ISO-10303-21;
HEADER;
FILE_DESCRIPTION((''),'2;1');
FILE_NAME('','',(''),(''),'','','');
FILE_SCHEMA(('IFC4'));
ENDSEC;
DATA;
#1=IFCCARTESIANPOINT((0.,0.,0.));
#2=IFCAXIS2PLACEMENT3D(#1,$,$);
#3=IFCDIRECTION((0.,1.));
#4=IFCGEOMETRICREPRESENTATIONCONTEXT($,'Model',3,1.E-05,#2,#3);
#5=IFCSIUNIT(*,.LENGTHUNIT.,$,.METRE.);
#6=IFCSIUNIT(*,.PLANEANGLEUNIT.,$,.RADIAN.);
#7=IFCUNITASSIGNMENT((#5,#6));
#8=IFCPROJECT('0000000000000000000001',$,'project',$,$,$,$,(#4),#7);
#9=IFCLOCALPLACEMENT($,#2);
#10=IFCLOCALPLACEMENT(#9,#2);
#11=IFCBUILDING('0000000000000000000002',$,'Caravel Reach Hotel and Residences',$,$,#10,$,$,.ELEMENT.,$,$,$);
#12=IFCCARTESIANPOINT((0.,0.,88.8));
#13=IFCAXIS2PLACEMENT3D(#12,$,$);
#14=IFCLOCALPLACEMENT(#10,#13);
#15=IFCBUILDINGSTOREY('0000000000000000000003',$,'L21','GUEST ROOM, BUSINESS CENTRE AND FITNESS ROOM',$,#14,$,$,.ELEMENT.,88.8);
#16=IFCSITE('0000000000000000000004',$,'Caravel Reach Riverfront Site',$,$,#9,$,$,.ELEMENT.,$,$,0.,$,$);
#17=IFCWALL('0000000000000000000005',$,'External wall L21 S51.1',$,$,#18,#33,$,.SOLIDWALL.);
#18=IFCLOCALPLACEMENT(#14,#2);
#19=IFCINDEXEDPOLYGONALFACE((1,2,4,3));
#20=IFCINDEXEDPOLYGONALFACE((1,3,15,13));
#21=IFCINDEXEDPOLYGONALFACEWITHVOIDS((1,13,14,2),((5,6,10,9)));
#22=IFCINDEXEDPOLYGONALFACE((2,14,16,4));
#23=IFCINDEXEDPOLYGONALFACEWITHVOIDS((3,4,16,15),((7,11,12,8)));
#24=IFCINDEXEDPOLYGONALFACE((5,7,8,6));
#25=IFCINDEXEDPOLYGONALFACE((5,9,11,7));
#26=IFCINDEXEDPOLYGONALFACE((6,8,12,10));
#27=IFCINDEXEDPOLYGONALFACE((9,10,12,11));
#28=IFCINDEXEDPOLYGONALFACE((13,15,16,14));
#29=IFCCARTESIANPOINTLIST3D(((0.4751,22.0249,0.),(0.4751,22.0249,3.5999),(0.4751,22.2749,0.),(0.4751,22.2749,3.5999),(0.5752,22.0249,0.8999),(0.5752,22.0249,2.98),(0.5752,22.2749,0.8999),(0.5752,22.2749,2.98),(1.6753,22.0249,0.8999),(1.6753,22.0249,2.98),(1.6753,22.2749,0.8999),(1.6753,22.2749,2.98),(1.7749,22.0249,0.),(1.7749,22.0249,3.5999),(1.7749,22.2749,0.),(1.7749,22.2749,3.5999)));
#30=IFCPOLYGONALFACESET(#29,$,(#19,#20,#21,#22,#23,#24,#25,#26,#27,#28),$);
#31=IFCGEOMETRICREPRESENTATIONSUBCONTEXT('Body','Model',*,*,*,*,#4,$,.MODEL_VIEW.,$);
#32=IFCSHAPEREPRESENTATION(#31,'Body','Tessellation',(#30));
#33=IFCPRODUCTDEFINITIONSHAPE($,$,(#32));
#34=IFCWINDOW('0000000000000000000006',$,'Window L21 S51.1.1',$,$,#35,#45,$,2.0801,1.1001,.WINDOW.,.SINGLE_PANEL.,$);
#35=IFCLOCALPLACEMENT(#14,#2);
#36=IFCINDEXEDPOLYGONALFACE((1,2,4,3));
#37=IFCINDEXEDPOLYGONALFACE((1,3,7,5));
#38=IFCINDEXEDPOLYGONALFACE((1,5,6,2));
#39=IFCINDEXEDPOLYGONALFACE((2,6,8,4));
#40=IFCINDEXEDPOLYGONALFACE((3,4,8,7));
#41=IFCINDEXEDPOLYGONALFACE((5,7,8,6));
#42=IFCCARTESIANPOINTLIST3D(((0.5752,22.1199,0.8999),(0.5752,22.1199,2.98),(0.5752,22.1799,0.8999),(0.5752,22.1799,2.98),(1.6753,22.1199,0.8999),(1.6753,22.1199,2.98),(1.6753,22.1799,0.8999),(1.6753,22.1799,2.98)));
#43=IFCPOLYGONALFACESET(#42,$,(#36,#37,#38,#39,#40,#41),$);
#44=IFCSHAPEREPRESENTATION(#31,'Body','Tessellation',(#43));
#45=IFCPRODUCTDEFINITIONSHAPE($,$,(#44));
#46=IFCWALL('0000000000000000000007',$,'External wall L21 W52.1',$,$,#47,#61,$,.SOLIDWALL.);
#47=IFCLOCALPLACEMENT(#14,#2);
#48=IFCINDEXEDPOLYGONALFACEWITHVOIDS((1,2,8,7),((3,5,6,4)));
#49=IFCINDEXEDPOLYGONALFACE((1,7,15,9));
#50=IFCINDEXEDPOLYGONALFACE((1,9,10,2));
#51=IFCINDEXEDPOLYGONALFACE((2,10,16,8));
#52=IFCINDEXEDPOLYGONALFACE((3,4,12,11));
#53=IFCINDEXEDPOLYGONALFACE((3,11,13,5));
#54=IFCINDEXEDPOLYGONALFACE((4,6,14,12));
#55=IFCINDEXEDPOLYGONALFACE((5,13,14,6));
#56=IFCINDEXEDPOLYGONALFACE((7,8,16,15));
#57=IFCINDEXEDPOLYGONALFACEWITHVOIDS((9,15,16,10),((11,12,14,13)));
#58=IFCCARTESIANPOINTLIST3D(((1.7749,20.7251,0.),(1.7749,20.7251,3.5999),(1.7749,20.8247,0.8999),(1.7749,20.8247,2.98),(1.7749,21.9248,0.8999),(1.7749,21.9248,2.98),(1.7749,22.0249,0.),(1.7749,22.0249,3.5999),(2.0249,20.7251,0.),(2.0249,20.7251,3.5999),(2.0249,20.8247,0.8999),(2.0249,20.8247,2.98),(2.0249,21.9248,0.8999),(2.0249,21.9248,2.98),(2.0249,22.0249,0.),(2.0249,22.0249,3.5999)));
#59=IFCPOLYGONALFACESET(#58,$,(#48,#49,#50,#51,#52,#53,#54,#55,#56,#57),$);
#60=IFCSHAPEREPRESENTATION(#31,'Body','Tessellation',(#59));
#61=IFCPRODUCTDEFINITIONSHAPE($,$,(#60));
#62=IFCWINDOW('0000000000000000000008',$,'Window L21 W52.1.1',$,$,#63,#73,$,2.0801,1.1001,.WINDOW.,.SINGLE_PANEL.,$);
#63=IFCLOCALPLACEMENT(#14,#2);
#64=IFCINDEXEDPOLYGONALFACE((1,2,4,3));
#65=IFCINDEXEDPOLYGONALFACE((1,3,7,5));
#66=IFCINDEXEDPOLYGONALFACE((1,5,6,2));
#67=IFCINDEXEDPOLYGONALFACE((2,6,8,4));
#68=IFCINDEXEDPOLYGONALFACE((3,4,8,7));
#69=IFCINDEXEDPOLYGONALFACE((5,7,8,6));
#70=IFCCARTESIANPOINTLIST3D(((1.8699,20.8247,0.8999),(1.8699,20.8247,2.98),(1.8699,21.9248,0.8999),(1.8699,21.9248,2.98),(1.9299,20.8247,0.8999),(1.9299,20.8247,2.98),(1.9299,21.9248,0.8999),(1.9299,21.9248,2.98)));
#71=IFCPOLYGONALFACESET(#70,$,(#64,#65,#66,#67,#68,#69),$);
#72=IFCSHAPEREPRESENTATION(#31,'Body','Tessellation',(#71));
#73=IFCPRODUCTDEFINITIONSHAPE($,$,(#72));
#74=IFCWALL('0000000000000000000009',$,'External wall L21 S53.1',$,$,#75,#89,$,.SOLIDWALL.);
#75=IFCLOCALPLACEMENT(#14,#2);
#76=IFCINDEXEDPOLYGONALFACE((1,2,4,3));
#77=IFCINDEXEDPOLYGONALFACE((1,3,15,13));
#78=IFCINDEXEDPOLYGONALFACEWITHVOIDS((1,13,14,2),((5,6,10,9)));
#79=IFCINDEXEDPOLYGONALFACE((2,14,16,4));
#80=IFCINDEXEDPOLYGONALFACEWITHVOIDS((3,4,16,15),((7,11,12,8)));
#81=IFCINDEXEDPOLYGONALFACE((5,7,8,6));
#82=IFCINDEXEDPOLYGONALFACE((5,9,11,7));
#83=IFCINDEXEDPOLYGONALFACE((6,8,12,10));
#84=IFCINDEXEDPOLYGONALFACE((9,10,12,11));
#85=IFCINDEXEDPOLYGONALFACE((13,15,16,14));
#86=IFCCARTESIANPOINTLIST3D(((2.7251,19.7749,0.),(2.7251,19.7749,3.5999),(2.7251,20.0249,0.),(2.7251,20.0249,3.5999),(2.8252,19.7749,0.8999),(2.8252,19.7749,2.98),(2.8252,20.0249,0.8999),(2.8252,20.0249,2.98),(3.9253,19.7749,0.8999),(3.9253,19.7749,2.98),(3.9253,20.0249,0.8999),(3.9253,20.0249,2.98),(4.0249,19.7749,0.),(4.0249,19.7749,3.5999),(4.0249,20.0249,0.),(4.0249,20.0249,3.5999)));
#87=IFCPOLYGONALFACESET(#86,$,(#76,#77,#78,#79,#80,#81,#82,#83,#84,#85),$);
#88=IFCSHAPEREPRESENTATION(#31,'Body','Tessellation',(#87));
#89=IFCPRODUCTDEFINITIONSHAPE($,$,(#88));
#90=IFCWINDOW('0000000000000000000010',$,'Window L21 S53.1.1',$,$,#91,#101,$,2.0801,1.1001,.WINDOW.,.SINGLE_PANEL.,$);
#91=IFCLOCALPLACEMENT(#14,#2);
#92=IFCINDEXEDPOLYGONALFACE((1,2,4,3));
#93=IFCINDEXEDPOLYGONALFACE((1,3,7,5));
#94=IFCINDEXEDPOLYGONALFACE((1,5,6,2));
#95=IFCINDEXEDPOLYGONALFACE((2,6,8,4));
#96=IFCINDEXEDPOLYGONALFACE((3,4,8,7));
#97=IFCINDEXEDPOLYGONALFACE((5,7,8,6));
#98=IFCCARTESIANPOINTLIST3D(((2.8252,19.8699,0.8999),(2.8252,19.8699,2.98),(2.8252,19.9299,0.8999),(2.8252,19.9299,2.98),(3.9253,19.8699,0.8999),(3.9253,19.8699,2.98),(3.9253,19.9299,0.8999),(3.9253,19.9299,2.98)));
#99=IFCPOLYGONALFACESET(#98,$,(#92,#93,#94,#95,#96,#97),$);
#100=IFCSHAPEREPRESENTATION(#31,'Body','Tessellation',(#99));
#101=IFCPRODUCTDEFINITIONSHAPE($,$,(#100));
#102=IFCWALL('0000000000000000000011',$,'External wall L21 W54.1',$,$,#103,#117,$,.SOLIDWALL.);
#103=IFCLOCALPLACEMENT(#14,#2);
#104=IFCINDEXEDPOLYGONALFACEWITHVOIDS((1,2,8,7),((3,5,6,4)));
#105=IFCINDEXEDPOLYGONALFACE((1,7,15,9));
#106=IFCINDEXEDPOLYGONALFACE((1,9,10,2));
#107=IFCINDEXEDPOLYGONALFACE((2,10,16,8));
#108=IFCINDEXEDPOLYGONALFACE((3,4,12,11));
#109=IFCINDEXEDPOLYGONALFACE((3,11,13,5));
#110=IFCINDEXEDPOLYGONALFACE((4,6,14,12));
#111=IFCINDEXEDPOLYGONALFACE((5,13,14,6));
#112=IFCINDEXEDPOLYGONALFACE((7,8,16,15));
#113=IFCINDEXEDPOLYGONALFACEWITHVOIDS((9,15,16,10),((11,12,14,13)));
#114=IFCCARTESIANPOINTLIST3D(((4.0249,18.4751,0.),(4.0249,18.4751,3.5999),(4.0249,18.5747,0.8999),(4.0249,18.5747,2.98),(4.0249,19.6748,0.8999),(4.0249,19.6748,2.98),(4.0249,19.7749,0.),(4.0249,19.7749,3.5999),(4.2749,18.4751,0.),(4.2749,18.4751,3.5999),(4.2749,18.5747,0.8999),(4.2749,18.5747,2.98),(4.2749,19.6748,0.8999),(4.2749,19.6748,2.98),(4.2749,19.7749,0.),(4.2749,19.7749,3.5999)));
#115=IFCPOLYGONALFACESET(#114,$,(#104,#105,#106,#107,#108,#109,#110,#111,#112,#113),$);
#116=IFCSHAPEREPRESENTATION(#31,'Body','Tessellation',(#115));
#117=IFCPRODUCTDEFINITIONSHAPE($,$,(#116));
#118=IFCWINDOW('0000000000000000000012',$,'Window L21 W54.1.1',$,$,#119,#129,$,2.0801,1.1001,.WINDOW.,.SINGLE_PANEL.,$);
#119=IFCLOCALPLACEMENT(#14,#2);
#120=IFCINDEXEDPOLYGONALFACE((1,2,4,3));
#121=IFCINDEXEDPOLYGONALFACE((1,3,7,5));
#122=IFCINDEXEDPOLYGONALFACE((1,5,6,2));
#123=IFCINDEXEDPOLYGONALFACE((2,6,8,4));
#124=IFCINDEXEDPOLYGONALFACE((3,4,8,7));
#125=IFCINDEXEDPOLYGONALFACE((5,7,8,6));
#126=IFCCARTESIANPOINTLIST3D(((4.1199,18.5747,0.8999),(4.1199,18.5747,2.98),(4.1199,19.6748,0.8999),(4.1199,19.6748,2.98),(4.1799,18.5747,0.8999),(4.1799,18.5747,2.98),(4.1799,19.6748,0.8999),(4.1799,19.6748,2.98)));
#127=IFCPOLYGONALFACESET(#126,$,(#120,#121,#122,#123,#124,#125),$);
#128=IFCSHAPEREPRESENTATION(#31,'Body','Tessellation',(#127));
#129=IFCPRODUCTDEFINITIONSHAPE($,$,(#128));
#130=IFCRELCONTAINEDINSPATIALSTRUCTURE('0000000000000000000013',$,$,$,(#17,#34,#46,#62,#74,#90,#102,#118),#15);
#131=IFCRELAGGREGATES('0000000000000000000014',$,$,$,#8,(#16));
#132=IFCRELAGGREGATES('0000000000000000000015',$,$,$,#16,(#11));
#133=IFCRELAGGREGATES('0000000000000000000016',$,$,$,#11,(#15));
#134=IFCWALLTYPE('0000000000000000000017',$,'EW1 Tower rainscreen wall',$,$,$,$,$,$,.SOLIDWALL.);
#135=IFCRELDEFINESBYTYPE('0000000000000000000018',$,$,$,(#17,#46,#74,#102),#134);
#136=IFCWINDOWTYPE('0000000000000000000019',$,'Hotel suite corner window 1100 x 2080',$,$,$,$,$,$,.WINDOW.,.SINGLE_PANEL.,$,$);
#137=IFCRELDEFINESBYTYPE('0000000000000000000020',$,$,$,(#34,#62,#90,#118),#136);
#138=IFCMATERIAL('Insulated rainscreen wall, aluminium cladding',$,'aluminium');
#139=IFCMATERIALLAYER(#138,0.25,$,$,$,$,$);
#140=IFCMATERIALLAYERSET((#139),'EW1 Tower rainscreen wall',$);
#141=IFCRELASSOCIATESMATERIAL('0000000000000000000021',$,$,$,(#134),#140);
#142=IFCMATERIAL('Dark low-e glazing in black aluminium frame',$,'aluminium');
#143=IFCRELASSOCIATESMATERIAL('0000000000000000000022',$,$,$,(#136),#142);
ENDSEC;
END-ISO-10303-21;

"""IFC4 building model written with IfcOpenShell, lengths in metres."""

from ifc_helpers import new_model, si_unit, direction, frame, frame_2d, origin, place, context, subcontext, project, spatial, rectangle, extrude, material, layer, layer_set, type_object, element, fill, save


model = new_model("IFC4")

# Units and contexts
model_context = context("Model", 3, precision=1e-05, world=origin(), true_north=direction((0.0, 1.0)))
body_context = subcontext(model_context, "Body", "Model", "MODEL_VIEW")
ifc_project = project(units=[si_unit("LENGTHUNIT", "METRE"), si_unit("PLANEANGLEUNIT", "RADIAN")], contexts=[model_context])

# Site, building, storey
site_placement = place(None, origin())
site = spatial("IfcSite", under=ifc_project, at=site_placement, Name="Caravel Reach Riverfront Site", CompositionType="ELEMENT", RefElevation=0.0)
building_placement = place(site_placement, origin())
building = spatial("IfcBuilding", under=site, at=building_placement, Name="Caravel Reach Hotel and Residences", CompositionType="ELEMENT")
storey_placement = place(building_placement, frame((0.0, 0.0, 88.8)))
storey = spatial("IfcBuildingStorey", under=building, at=storey_placement, Name="L21", Description="GUEST ROOM, BUSINESS CENTRE AND FITNESS ROOM", CompositionType="ELEMENT", Elevation=88.8)

# Walls, openings, windows
ifc_material_1 = material(Name="Insulated rainscreen wall, aluminium cladding", Category="aluminium")
ifc_layer = layer(ifc_material_1, 0.25)
ifc_layer_set = layer_set([ifc_layer], Name="EW1 Tower rainscreen wall")
wall_type = type_object("IfcWallType", Name="EW1 Tower rainscreen wall", PredefinedType="SOLIDWALL", material=ifc_layer_set)
wall_1_placement = place(storey_placement, frame((0.4751, 22.1499, 0.0), z_axis=(0.0, 0.0, 1.0), x_axis=(1.0, 0.0, 0.0)))
wall_1 = element("IfcWall", 1, at=wall_1_placement, inside=storey, type_object=wall_type, Name="External wall L21 S51.1", PredefinedType="SOLIDWALL", context=body_context, shape_type="SweptSolid", body=[
    extrude(rectangle(XDim=1.2998, YDim=0.25, at=frame_2d((0.6499, 0.0))), origin(), (0.0, 0.0, 1.0), 3.5999),
])
opening_1_placement = place(wall_1_placement, frame((0.1001, 0.0, 0.8999)))
opening_1 = element("IfcOpeningElement", 2, at=opening_1_placement, cuts=wall_1, PredefinedType="OPENING", context=body_context, shape_type="SweptSolid", body=[
    extrude(rectangle(XDim=1.1001, YDim=2.0801, at=frame_2d((0.55, 1.04))), frame((0.0, 0.135, 0.0), z_axis=(0.0, -1.0, 0.0), x_axis=(1.0, 0.0, 0.0)), (0.0, 0.0, 1.0), 0.27),
])
ifc_material_2 = material(Name="Dark low-e glazing in black aluminium frame", Category="aluminium")
window_type = type_object("IfcWindowType", Name="Hotel suite corner window 1100 x 2080", PartitioningType="SINGLE_PANEL", PredefinedType="WINDOW", material=ifc_material_2)
window_1_placement = place(opening_1_placement, origin())
window_1 = element("IfcWindow", 3, at=window_1_placement, inside=storey, type_object=window_type, Name="Window L21 S51.1.1", OverallHeight=2.0801, OverallWidth=1.1001, PartitioningType="SINGLE_PANEL", PredefinedType="WINDOW", context=body_context, shape_type="SweptSolid", body=[
    extrude(rectangle(XDim=1.1001, YDim=2.0801, at=frame_2d((0.55, 1.04))), frame((0.0, 0.03, 0.0), z_axis=(0.0, -1.0, 0.0), x_axis=(1.0, 0.0, 0.0)), (0.0, 0.0, 1.0), 0.0601),
])
fill(opening_1, window_1)
wall_2_placement = place(storey_placement, frame((1.8999, 22.0249, 0.0), z_axis=(0.0, 0.0, 1.0), x_axis=(0.0, -1.0, 0.0)))
wall_2 = element("IfcWall", 4, at=wall_2_placement, inside=storey, type_object=wall_type, Name="External wall L21 W52.1", PredefinedType="SOLIDWALL", context=body_context, shape_type="SweptSolid", body=[
    extrude(rectangle(XDim=1.2998, YDim=0.25, at=frame_2d((0.6499, 0.0))), origin(), (0.0, 0.0, 1.0), 3.5999),
])
opening_2_placement = place(wall_2_placement, frame((0.1001, 0.0, 0.8999)))
opening_2 = element("IfcOpeningElement", 5, at=opening_2_placement, cuts=wall_2, PredefinedType="OPENING", context=body_context, shape_type="SweptSolid", body=[
    extrude(rectangle(XDim=1.1001, YDim=2.0801, at=frame_2d((0.55, 1.04))), frame((0.0, 0.135, 0.0), z_axis=(0.0, -1.0, 0.0), x_axis=(1.0, 0.0, 0.0)), (0.0, 0.0, 1.0), 0.27),
])
window_2_placement = place(opening_2_placement, origin())
window_2 = element("IfcWindow", 6, at=window_2_placement, inside=storey, type_object=window_type, Name="Window L21 W52.1.1", OverallHeight=2.0801, OverallWidth=1.1001, PartitioningType="SINGLE_PANEL", PredefinedType="WINDOW", context=body_context, shape_type="SweptSolid", body=[
    extrude(rectangle(XDim=1.1001, YDim=2.0801, at=frame_2d((0.55, 1.04))), frame((0.0, 0.03, 0.0), z_axis=(0.0, -1.0, 0.0), x_axis=(1.0, 0.0, 0.0)), (0.0, 0.0, 1.0), 0.0601),
])
fill(opening_2, window_2)
wall_3_placement = place(storey_placement, frame((2.7251, 19.8999, 0.0), z_axis=(0.0, 0.0, 1.0), x_axis=(1.0, 0.0, 0.0)))
wall_3 = element("IfcWall", 7, at=wall_3_placement, inside=storey, type_object=wall_type, Name="External wall L21 S53.1", PredefinedType="SOLIDWALL", context=body_context, shape_type="SweptSolid", body=[
    extrude(rectangle(XDim=1.2998, YDim=0.25, at=frame_2d((0.6499, 0.0))), origin(), (0.0, 0.0, 1.0), 3.5999),
])
opening_3_placement = place(wall_3_placement, frame((0.1001, 0.0, 0.8999)))
opening_3 = element("IfcOpeningElement", 8, at=opening_3_placement, cuts=wall_3, PredefinedType="OPENING", context=body_context, shape_type="SweptSolid", body=[
    extrude(rectangle(XDim=1.1001, YDim=2.0801, at=frame_2d((0.55, 1.04))), frame((0.0, 0.135, 0.0), z_axis=(0.0, -1.0, 0.0), x_axis=(1.0, 0.0, 0.0)), (0.0, 0.0, 1.0), 0.27),
])
window_3_placement = place(opening_3_placement, origin())
window_3 = element("IfcWindow", 9, at=window_3_placement, inside=storey, type_object=window_type, Name="Window L21 S53.1.1", OverallHeight=2.0801, OverallWidth=1.1001, PartitioningType="SINGLE_PANEL", PredefinedType="WINDOW", context=body_context, shape_type="SweptSolid", body=[
    extrude(rectangle(XDim=1.1001, YDim=2.0801, at=frame_2d((0.55, 1.04))), frame((0.0, 0.03, 0.0), z_axis=(0.0, -1.0, 0.0), x_axis=(1.0, 0.0, 0.0)), (0.0, 0.0, 1.0), 0.0601),
])
fill(opening_3, window_3)
wall_4_placement = place(storey_placement, frame((4.1499, 19.7749, 0.0), z_axis=(0.0, 0.0, 1.0), x_axis=(0.0, -1.0, 0.0)))
wall_4 = element("IfcWall", 10, at=wall_4_placement, inside=storey, type_object=wall_type, Name="External wall L21 W54.1", PredefinedType="SOLIDWALL", context=body_context, shape_type="SweptSolid", body=[
    extrude(rectangle(XDim=1.2998, YDim=0.25, at=frame_2d((0.6499, 0.0))), origin(), (0.0, 0.0, 1.0), 3.5999),
])
opening_4_placement = place(wall_4_placement, frame((0.1001, 0.0, 0.8999)))
opening_4 = element("IfcOpeningElement", 11, at=opening_4_placement, cuts=wall_4, PredefinedType="OPENING", context=body_context, shape_type="SweptSolid", body=[
    extrude(rectangle(XDim=1.1001, YDim=2.0801, at=frame_2d((0.55, 1.04))), frame((0.0, 0.135, 0.0), z_axis=(0.0, -1.0, 0.0), x_axis=(1.0, 0.0, 0.0)), (0.0, 0.0, 1.0), 0.27),
])
window_4_placement = place(opening_4_placement, origin())
window_4 = element("IfcWindow", 12, at=window_4_placement, inside=storey, type_object=window_type, Name="Window L21 W54.1.1", OverallHeight=2.0801, OverallWidth=1.1001, PartitioningType="SINGLE_PANEL", PredefinedType="WINDOW", context=body_context, shape_type="SweptSolid", body=[
    extrude(rectangle(XDim=1.1001, YDim=2.0801, at=frame_2d((0.55, 1.04))), frame((0.0, 0.03, 0.0), z_axis=(0.0, -1.0, 0.0), x_axis=(1.0, 0.0, 0.0)), (0.0, 0.0, 1.0), 0.0601),
])
fill(opening_4, window_4)

save(model, "model.ifc")
